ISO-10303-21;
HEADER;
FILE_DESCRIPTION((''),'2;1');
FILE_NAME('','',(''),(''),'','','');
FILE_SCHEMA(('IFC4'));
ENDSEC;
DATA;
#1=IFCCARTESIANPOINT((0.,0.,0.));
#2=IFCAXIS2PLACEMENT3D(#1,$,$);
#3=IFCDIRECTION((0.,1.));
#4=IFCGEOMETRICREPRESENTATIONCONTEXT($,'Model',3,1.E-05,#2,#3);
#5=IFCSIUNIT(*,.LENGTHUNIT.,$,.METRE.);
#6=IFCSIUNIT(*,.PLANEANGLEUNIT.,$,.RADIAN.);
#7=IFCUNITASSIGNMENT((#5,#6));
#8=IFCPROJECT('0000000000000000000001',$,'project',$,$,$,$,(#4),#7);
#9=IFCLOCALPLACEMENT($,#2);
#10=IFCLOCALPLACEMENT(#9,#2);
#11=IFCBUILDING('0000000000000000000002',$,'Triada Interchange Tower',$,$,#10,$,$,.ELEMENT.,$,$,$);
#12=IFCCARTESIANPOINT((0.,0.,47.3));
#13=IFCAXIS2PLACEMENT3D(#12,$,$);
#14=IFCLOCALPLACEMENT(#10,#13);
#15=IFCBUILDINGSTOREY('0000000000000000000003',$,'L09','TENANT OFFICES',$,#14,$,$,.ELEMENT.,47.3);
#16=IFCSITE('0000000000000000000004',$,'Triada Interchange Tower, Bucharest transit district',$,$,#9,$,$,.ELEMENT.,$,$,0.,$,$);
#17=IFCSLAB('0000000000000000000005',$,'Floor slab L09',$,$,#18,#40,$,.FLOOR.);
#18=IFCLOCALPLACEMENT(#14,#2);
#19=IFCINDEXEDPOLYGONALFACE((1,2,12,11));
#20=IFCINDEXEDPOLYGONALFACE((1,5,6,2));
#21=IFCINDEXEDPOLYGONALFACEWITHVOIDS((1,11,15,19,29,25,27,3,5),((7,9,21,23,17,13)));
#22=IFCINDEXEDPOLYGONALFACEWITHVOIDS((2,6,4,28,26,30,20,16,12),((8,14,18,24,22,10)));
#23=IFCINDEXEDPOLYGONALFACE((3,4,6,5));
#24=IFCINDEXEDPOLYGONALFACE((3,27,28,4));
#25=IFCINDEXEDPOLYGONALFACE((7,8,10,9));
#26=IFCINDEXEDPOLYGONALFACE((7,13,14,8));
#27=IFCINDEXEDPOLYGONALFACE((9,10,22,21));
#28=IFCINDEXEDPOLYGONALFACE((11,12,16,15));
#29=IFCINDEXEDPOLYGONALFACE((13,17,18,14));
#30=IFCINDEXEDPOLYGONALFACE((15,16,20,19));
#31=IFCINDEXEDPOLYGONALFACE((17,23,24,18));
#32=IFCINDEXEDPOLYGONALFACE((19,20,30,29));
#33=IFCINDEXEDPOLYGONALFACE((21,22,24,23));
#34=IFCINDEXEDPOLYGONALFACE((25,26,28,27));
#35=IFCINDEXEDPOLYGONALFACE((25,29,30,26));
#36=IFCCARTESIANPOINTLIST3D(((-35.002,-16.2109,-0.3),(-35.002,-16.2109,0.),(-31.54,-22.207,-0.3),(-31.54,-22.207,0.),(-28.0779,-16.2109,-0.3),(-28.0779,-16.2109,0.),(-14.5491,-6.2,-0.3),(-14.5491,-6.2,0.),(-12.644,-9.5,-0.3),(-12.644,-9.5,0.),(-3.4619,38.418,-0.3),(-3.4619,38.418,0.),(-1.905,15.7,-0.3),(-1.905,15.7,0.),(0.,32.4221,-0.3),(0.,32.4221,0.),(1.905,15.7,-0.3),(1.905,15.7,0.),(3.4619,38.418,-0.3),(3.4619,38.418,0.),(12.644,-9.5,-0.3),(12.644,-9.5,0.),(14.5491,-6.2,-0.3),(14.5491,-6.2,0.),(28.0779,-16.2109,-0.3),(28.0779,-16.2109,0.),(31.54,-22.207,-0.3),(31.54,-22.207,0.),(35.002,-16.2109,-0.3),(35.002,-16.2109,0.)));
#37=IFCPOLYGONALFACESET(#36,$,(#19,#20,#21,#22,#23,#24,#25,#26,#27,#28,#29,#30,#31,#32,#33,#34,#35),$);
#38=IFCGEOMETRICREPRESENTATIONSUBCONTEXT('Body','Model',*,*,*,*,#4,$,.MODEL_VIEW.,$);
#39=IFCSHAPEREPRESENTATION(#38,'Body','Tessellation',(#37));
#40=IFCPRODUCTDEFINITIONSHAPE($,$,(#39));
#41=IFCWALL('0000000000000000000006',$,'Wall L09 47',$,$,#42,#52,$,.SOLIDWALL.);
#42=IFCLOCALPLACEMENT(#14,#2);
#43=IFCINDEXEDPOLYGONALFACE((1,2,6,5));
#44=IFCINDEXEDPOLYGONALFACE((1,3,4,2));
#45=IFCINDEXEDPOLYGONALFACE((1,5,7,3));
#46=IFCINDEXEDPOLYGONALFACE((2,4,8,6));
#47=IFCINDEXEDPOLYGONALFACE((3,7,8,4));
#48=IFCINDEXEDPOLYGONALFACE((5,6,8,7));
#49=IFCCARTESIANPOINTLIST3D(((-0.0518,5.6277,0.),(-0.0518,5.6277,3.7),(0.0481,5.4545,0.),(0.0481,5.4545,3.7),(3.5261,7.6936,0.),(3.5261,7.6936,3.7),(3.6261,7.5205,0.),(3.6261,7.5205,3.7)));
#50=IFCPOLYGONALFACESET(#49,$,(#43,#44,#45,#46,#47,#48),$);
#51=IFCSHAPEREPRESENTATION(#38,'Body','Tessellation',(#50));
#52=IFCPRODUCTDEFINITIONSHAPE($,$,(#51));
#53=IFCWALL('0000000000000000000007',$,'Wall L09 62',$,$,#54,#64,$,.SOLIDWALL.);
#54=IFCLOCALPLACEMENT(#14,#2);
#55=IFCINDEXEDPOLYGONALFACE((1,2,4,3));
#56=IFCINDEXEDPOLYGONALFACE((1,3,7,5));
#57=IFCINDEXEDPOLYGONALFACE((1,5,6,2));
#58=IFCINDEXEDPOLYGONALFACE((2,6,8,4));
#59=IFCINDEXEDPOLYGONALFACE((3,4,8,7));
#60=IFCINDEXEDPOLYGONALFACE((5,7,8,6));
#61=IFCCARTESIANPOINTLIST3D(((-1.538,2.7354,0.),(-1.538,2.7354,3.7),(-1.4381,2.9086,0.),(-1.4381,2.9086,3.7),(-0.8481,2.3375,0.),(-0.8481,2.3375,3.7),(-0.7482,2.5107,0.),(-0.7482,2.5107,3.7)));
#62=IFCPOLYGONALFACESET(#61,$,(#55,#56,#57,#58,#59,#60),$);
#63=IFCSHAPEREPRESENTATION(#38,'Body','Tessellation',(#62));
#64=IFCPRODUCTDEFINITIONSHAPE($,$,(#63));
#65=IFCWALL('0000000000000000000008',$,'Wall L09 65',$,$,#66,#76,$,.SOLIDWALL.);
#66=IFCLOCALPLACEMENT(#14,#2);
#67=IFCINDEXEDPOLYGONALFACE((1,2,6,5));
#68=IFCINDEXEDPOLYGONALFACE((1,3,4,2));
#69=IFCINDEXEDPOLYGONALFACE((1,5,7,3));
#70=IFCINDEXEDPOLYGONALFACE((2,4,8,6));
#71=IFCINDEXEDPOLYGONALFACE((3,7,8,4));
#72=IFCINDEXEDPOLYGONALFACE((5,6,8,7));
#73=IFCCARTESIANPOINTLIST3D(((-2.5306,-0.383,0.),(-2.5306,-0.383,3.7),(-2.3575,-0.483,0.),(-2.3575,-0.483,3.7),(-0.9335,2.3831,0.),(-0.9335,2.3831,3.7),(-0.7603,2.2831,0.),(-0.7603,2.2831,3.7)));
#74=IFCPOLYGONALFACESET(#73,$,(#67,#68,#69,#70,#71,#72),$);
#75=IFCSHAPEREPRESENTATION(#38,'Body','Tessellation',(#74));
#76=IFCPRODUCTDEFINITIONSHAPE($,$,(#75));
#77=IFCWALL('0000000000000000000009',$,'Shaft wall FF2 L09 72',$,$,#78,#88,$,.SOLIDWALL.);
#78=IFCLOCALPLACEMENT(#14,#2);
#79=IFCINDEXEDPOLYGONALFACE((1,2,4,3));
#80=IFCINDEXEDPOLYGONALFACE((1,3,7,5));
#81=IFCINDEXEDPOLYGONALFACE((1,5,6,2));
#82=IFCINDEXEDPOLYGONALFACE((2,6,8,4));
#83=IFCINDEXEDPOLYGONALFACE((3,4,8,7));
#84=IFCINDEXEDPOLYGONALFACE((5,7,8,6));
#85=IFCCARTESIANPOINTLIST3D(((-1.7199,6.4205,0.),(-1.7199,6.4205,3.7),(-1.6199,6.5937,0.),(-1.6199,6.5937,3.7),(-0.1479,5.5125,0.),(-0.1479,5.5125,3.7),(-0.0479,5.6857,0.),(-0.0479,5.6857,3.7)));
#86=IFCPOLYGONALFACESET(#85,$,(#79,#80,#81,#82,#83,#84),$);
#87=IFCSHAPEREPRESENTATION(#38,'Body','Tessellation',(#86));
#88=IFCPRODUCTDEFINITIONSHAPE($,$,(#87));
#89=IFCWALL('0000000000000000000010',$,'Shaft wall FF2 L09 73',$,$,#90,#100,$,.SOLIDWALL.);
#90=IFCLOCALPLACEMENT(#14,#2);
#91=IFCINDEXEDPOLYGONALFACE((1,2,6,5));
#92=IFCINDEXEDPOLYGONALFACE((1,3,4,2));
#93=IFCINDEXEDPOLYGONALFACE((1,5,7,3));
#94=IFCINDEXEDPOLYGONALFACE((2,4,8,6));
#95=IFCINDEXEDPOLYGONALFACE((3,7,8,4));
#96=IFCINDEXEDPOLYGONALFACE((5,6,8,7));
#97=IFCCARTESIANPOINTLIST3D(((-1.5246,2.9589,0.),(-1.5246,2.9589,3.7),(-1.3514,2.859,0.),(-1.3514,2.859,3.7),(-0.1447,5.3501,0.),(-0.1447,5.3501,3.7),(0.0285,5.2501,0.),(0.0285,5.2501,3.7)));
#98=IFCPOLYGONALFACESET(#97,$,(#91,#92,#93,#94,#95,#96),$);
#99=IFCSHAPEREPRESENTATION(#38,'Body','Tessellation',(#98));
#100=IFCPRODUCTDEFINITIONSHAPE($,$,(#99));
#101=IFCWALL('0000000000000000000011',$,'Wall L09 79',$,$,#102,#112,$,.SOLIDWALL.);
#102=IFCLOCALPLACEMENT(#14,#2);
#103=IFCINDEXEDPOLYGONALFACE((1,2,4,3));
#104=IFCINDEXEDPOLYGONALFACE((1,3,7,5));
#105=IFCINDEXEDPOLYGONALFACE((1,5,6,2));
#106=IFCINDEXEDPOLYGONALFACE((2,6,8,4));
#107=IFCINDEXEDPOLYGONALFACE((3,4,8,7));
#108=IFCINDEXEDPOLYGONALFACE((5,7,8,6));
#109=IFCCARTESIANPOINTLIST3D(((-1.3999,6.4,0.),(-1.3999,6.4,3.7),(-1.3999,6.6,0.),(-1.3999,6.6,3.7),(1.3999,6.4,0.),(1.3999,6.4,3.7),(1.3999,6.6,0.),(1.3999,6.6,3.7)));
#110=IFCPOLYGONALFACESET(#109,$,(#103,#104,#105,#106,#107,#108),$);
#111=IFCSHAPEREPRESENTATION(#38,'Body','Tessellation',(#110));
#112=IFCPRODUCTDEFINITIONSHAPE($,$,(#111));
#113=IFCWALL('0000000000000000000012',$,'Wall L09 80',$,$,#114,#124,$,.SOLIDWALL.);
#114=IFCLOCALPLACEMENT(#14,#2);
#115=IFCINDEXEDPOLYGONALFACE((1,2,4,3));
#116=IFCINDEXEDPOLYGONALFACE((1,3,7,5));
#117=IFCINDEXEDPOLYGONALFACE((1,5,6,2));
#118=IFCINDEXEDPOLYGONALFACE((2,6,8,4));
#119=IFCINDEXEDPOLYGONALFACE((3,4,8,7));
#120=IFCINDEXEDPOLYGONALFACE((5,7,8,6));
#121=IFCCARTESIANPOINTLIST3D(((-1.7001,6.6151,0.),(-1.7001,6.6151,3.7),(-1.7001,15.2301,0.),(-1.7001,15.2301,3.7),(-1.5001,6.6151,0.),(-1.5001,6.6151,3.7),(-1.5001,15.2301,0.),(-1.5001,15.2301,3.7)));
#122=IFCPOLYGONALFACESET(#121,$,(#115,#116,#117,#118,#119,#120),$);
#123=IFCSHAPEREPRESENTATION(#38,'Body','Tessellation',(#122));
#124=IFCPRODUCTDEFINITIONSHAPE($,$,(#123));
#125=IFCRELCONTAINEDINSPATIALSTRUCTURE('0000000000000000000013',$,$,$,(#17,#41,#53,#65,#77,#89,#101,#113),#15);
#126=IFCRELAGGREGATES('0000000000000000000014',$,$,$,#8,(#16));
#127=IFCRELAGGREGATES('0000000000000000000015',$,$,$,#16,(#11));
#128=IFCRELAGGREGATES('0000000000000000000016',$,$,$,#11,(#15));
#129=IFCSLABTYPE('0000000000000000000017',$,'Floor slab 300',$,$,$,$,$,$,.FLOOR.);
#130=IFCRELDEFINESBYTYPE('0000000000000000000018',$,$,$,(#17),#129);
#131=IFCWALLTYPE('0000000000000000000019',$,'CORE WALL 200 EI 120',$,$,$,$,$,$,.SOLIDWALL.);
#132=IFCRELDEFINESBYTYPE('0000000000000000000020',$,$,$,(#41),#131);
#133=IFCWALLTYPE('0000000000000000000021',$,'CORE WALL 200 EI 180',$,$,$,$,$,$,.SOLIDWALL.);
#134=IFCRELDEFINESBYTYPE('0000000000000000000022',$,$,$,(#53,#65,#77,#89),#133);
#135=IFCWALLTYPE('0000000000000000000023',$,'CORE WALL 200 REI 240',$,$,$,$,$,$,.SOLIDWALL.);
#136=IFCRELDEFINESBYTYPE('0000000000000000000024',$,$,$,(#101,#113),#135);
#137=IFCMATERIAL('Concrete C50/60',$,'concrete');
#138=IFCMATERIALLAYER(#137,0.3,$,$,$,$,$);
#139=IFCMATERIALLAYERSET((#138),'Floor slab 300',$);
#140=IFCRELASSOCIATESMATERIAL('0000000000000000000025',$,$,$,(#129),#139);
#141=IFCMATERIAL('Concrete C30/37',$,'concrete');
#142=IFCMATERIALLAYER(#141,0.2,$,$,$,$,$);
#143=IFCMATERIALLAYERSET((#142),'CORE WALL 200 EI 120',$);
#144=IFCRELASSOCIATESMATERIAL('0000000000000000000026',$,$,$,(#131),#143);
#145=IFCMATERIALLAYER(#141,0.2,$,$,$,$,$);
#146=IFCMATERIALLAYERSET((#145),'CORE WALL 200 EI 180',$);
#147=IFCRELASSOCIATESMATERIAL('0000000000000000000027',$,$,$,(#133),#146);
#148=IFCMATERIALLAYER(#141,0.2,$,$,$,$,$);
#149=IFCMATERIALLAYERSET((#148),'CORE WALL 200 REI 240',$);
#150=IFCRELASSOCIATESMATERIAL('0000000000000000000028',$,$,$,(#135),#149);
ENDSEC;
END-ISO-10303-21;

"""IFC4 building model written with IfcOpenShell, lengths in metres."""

from ifc_helpers import new_model, si_unit, direction, frame, frame_2d, origin, place, context, subcontext, project, spatial, polyline, rectangle, outline, extrude, material, layer, layer_set, type_object, element, save


model = new_model("IFC4")

# Units and contexts
model_context = context("Model", 3, precision=1e-05, world=origin(), true_north=direction((0.0, 1.0)))
body_context = subcontext(model_context, "Body", "Model", "MODEL_VIEW")
ifc_project = project(units=[si_unit("LENGTHUNIT", "METRE"), si_unit("PLANEANGLEUNIT", "RADIAN")], contexts=[model_context])

# Site, building, storey
site_placement = place(None, origin())
site = spatial("IfcSite", under=ifc_project, at=site_placement, Name="Triada Interchange Tower, Bucharest transit district", CompositionType="ELEMENT", RefElevation=0.0)
building_placement = place(site_placement, origin())
building = spatial("IfcBuilding", under=site, at=building_placement, Name="Triada Interchange Tower", CompositionType="ELEMENT")
storey_placement = place(building_placement, frame((0.0, 0.0, 47.3)))
storey = spatial("IfcBuildingStorey", under=building, at=storey_placement, Name="L09", Description="TENANT OFFICES", CompositionType="ELEMENT", Elevation=47.3)

# Slab
ifc_material_1 = material(Name="Concrete C50/60", Category="concrete")
ifc_layer_1 = layer(ifc_material_1, 0.3)
ifc_layer_set_1 = layer_set([ifc_layer_1], Name="Floor slab 300")
slab_type = type_object("IfcSlabType", Name="Floor slab 300", PredefinedType="FLOOR", material=ifc_layer_set_1)
slab_placement = place(storey_placement, frame((0.0, 0.0, -0.3)))
element("IfcSlab", 1, at=slab_placement, inside=storey, type_object=slab_type, Name="Floor slab L09", PredefinedType="FLOOR", context=body_context, shape_type="SweptSolid", body=[
    extrude(outline(polyline([(-3.4619, 38.418), (-35.002, -16.2109), (-28.0779, -16.2109), (-31.54, -22.207), (31.54, -22.207), (28.0779, -16.2109), (35.002, -16.2109), (3.4619, 38.418), (0.0, 32.4221), (-3.4619, 38.418)]), holes=[polyline([(1.905, 15.7), (-1.905, 15.7), (-14.5491, -6.2), (-12.644, -9.5), (12.644, -9.5), (14.5491, -6.2), (1.905, 15.7)])]), origin(), (0.0, 0.0, 1.0), 0.3),
])

# Walls
ifc_material_2 = material(Name="Concrete C30/37", Category="concrete")
ifc_layer_2 = layer(ifc_material_2, 0.2)
ifc_layer_set_2 = layer_set([ifc_layer_2], Name="CORE WALL 200 EI 120")
wall_type_1 = type_object("IfcWallType", Name="CORE WALL 200 EI 120", PredefinedType="SOLIDWALL", material=ifc_layer_set_2)
wall_1_placement = place(storey_placement, frame((-0.002, 5.541, 0.0), z_axis=(0.0, 0.0, 1.0), x_axis=(0.866002, 0.500041, 0.0)))
element("IfcWall", 2, at=wall_1_placement, inside=storey, type_object=wall_type_1, Name="Wall L09 47", PredefinedType="SOLIDWALL", context=body_context, shape_type="SweptSolid", body=[
    extrude(rectangle(XDim=4.1316, YDim=0.2, at=frame_2d((2.0659, 0.0))), origin(), (0.0, 0.0, 1.0), 3.7),
])
ifc_layer_3 = layer(ifc_material_2, 0.2)
ifc_layer_set_3 = layer_set([ifc_layer_3], Name="CORE WALL 200 EI 180")
wall_type_2 = type_object("IfcWallType", Name="CORE WALL 200 EI 180", PredefinedType="SOLIDWALL", material=ifc_layer_set_3)
wall_2_placement = place(storey_placement, frame((-1.488, 2.822, 0.0), z_axis=(0.0, 0.0, 1.0), x_axis=(0.866237, -0.499634, 0.0)))
element("IfcWall", 3, at=wall_2_placement, inside=storey, type_object=wall_type_2, Name="Wall L09 62", PredefinedType="SOLIDWALL", context=body_context, shape_type="SweptSolid", body=[
    extrude(rectangle(XDim=0.7964, YDim=0.2, at=frame_2d((0.3982, 0.0))), origin(), (0.0, 0.0, 1.0), 3.7),
])
wall_3_placement = place(storey_placement, frame((-2.4441, -0.4331, 0.0), z_axis=(0.0, 0.0, 1.0), x_axis=(0.500036, 0.866005, 0.0)))
element("IfcWall", 4, at=wall_3_placement, inside=storey, type_object=wall_type_2, Name="Wall L09 65", PredefinedType="SOLIDWALL", context=body_context, shape_type="SweptSolid", body=[
    extrude(rectangle(XDim=3.1941, YDim=0.2, at=frame_2d((1.5972, 0.0))), origin(), (0.0, 0.0, 1.0), 3.7),
])
wall_4_placement = place(storey_placement, frame((-1.6699, 6.5071, 0.0), z_axis=(0.0, 0.0, 1.0), x_axis=(0.865941, -0.500145, 0.0)))
element("IfcWall", 5, at=wall_4_placement, inside=storey, type_object=wall_type_2, Name="Shaft wall FF2 L09 72", PredefinedType="SOLIDWALL", context=body_context, shape_type="SweptSolid", body=[
    extrude(rectangle(XDim=1.8154, YDim=0.2, at=frame_2d((0.9077, 0.0))), origin(), (0.0, 0.0, 1.0), 3.7),
])
wall_5_placement = place(storey_placement, frame((-1.438, 2.9089, 0.0), z_axis=(0.0, 0.0, 1.0), x_axis=(0.49983, 0.866124, 0.0)))
element("IfcWall", 6, at=wall_5_placement, inside=storey, type_object=wall_type_2, Name="Shaft wall FF2 L09 73", PredefinedType="SOLIDWALL", context=body_context, shape_type="SweptSolid", body=[
    extrude(rectangle(XDim=2.7607, YDim=0.2, at=frame_2d((1.3804, 0.0))), origin(), (0.0, 0.0, 1.0), 3.7),
])
ifc_layer_4 = layer(ifc_material_2, 0.2)
ifc_layer_set_4 = layer_set([ifc_layer_4], Name="CORE WALL 200 REI 240")
wall_type_3 = type_object("IfcWallType", Name="CORE WALL 200 REI 240", PredefinedType="SOLIDWALL", material=ifc_layer_set_4)
wall_6_placement = place(storey_placement, frame((-1.3999, 6.5, 0.0), z_axis=(0.0, 0.0, 1.0), x_axis=(1.0, 0.0, 0.0)))
element("IfcWall", 7, at=wall_6_placement, inside=storey, type_object=wall_type_3, Name="Wall L09 79", PredefinedType="SOLIDWALL", context=body_context, shape_type="SweptSolid", body=[
    extrude(rectangle(XDim=2.7998, YDim=0.2, at=frame_2d((1.3999, 0.0))), origin(), (0.0, 0.0, 1.0), 3.7),
])
wall_7_placement = place(storey_placement, frame((-1.6001, 6.615, 0.0), z_axis=(0.0, 0.0, 1.0), x_axis=(0.0, 1.0, 0.0)))
element("IfcWall", 8, at=wall_7_placement, inside=storey, type_object=wall_type_3, Name="Wall L09 80", PredefinedType="SOLIDWALL", context=body_context, shape_type="SweptSolid", body=[
    extrude(rectangle(XDim=8.615, YDim=0.2, at=frame_2d((4.3076, 0.0))), origin(), (0.0, 0.0, 1.0), 3.7),
])

save(model, "model.ifc")
